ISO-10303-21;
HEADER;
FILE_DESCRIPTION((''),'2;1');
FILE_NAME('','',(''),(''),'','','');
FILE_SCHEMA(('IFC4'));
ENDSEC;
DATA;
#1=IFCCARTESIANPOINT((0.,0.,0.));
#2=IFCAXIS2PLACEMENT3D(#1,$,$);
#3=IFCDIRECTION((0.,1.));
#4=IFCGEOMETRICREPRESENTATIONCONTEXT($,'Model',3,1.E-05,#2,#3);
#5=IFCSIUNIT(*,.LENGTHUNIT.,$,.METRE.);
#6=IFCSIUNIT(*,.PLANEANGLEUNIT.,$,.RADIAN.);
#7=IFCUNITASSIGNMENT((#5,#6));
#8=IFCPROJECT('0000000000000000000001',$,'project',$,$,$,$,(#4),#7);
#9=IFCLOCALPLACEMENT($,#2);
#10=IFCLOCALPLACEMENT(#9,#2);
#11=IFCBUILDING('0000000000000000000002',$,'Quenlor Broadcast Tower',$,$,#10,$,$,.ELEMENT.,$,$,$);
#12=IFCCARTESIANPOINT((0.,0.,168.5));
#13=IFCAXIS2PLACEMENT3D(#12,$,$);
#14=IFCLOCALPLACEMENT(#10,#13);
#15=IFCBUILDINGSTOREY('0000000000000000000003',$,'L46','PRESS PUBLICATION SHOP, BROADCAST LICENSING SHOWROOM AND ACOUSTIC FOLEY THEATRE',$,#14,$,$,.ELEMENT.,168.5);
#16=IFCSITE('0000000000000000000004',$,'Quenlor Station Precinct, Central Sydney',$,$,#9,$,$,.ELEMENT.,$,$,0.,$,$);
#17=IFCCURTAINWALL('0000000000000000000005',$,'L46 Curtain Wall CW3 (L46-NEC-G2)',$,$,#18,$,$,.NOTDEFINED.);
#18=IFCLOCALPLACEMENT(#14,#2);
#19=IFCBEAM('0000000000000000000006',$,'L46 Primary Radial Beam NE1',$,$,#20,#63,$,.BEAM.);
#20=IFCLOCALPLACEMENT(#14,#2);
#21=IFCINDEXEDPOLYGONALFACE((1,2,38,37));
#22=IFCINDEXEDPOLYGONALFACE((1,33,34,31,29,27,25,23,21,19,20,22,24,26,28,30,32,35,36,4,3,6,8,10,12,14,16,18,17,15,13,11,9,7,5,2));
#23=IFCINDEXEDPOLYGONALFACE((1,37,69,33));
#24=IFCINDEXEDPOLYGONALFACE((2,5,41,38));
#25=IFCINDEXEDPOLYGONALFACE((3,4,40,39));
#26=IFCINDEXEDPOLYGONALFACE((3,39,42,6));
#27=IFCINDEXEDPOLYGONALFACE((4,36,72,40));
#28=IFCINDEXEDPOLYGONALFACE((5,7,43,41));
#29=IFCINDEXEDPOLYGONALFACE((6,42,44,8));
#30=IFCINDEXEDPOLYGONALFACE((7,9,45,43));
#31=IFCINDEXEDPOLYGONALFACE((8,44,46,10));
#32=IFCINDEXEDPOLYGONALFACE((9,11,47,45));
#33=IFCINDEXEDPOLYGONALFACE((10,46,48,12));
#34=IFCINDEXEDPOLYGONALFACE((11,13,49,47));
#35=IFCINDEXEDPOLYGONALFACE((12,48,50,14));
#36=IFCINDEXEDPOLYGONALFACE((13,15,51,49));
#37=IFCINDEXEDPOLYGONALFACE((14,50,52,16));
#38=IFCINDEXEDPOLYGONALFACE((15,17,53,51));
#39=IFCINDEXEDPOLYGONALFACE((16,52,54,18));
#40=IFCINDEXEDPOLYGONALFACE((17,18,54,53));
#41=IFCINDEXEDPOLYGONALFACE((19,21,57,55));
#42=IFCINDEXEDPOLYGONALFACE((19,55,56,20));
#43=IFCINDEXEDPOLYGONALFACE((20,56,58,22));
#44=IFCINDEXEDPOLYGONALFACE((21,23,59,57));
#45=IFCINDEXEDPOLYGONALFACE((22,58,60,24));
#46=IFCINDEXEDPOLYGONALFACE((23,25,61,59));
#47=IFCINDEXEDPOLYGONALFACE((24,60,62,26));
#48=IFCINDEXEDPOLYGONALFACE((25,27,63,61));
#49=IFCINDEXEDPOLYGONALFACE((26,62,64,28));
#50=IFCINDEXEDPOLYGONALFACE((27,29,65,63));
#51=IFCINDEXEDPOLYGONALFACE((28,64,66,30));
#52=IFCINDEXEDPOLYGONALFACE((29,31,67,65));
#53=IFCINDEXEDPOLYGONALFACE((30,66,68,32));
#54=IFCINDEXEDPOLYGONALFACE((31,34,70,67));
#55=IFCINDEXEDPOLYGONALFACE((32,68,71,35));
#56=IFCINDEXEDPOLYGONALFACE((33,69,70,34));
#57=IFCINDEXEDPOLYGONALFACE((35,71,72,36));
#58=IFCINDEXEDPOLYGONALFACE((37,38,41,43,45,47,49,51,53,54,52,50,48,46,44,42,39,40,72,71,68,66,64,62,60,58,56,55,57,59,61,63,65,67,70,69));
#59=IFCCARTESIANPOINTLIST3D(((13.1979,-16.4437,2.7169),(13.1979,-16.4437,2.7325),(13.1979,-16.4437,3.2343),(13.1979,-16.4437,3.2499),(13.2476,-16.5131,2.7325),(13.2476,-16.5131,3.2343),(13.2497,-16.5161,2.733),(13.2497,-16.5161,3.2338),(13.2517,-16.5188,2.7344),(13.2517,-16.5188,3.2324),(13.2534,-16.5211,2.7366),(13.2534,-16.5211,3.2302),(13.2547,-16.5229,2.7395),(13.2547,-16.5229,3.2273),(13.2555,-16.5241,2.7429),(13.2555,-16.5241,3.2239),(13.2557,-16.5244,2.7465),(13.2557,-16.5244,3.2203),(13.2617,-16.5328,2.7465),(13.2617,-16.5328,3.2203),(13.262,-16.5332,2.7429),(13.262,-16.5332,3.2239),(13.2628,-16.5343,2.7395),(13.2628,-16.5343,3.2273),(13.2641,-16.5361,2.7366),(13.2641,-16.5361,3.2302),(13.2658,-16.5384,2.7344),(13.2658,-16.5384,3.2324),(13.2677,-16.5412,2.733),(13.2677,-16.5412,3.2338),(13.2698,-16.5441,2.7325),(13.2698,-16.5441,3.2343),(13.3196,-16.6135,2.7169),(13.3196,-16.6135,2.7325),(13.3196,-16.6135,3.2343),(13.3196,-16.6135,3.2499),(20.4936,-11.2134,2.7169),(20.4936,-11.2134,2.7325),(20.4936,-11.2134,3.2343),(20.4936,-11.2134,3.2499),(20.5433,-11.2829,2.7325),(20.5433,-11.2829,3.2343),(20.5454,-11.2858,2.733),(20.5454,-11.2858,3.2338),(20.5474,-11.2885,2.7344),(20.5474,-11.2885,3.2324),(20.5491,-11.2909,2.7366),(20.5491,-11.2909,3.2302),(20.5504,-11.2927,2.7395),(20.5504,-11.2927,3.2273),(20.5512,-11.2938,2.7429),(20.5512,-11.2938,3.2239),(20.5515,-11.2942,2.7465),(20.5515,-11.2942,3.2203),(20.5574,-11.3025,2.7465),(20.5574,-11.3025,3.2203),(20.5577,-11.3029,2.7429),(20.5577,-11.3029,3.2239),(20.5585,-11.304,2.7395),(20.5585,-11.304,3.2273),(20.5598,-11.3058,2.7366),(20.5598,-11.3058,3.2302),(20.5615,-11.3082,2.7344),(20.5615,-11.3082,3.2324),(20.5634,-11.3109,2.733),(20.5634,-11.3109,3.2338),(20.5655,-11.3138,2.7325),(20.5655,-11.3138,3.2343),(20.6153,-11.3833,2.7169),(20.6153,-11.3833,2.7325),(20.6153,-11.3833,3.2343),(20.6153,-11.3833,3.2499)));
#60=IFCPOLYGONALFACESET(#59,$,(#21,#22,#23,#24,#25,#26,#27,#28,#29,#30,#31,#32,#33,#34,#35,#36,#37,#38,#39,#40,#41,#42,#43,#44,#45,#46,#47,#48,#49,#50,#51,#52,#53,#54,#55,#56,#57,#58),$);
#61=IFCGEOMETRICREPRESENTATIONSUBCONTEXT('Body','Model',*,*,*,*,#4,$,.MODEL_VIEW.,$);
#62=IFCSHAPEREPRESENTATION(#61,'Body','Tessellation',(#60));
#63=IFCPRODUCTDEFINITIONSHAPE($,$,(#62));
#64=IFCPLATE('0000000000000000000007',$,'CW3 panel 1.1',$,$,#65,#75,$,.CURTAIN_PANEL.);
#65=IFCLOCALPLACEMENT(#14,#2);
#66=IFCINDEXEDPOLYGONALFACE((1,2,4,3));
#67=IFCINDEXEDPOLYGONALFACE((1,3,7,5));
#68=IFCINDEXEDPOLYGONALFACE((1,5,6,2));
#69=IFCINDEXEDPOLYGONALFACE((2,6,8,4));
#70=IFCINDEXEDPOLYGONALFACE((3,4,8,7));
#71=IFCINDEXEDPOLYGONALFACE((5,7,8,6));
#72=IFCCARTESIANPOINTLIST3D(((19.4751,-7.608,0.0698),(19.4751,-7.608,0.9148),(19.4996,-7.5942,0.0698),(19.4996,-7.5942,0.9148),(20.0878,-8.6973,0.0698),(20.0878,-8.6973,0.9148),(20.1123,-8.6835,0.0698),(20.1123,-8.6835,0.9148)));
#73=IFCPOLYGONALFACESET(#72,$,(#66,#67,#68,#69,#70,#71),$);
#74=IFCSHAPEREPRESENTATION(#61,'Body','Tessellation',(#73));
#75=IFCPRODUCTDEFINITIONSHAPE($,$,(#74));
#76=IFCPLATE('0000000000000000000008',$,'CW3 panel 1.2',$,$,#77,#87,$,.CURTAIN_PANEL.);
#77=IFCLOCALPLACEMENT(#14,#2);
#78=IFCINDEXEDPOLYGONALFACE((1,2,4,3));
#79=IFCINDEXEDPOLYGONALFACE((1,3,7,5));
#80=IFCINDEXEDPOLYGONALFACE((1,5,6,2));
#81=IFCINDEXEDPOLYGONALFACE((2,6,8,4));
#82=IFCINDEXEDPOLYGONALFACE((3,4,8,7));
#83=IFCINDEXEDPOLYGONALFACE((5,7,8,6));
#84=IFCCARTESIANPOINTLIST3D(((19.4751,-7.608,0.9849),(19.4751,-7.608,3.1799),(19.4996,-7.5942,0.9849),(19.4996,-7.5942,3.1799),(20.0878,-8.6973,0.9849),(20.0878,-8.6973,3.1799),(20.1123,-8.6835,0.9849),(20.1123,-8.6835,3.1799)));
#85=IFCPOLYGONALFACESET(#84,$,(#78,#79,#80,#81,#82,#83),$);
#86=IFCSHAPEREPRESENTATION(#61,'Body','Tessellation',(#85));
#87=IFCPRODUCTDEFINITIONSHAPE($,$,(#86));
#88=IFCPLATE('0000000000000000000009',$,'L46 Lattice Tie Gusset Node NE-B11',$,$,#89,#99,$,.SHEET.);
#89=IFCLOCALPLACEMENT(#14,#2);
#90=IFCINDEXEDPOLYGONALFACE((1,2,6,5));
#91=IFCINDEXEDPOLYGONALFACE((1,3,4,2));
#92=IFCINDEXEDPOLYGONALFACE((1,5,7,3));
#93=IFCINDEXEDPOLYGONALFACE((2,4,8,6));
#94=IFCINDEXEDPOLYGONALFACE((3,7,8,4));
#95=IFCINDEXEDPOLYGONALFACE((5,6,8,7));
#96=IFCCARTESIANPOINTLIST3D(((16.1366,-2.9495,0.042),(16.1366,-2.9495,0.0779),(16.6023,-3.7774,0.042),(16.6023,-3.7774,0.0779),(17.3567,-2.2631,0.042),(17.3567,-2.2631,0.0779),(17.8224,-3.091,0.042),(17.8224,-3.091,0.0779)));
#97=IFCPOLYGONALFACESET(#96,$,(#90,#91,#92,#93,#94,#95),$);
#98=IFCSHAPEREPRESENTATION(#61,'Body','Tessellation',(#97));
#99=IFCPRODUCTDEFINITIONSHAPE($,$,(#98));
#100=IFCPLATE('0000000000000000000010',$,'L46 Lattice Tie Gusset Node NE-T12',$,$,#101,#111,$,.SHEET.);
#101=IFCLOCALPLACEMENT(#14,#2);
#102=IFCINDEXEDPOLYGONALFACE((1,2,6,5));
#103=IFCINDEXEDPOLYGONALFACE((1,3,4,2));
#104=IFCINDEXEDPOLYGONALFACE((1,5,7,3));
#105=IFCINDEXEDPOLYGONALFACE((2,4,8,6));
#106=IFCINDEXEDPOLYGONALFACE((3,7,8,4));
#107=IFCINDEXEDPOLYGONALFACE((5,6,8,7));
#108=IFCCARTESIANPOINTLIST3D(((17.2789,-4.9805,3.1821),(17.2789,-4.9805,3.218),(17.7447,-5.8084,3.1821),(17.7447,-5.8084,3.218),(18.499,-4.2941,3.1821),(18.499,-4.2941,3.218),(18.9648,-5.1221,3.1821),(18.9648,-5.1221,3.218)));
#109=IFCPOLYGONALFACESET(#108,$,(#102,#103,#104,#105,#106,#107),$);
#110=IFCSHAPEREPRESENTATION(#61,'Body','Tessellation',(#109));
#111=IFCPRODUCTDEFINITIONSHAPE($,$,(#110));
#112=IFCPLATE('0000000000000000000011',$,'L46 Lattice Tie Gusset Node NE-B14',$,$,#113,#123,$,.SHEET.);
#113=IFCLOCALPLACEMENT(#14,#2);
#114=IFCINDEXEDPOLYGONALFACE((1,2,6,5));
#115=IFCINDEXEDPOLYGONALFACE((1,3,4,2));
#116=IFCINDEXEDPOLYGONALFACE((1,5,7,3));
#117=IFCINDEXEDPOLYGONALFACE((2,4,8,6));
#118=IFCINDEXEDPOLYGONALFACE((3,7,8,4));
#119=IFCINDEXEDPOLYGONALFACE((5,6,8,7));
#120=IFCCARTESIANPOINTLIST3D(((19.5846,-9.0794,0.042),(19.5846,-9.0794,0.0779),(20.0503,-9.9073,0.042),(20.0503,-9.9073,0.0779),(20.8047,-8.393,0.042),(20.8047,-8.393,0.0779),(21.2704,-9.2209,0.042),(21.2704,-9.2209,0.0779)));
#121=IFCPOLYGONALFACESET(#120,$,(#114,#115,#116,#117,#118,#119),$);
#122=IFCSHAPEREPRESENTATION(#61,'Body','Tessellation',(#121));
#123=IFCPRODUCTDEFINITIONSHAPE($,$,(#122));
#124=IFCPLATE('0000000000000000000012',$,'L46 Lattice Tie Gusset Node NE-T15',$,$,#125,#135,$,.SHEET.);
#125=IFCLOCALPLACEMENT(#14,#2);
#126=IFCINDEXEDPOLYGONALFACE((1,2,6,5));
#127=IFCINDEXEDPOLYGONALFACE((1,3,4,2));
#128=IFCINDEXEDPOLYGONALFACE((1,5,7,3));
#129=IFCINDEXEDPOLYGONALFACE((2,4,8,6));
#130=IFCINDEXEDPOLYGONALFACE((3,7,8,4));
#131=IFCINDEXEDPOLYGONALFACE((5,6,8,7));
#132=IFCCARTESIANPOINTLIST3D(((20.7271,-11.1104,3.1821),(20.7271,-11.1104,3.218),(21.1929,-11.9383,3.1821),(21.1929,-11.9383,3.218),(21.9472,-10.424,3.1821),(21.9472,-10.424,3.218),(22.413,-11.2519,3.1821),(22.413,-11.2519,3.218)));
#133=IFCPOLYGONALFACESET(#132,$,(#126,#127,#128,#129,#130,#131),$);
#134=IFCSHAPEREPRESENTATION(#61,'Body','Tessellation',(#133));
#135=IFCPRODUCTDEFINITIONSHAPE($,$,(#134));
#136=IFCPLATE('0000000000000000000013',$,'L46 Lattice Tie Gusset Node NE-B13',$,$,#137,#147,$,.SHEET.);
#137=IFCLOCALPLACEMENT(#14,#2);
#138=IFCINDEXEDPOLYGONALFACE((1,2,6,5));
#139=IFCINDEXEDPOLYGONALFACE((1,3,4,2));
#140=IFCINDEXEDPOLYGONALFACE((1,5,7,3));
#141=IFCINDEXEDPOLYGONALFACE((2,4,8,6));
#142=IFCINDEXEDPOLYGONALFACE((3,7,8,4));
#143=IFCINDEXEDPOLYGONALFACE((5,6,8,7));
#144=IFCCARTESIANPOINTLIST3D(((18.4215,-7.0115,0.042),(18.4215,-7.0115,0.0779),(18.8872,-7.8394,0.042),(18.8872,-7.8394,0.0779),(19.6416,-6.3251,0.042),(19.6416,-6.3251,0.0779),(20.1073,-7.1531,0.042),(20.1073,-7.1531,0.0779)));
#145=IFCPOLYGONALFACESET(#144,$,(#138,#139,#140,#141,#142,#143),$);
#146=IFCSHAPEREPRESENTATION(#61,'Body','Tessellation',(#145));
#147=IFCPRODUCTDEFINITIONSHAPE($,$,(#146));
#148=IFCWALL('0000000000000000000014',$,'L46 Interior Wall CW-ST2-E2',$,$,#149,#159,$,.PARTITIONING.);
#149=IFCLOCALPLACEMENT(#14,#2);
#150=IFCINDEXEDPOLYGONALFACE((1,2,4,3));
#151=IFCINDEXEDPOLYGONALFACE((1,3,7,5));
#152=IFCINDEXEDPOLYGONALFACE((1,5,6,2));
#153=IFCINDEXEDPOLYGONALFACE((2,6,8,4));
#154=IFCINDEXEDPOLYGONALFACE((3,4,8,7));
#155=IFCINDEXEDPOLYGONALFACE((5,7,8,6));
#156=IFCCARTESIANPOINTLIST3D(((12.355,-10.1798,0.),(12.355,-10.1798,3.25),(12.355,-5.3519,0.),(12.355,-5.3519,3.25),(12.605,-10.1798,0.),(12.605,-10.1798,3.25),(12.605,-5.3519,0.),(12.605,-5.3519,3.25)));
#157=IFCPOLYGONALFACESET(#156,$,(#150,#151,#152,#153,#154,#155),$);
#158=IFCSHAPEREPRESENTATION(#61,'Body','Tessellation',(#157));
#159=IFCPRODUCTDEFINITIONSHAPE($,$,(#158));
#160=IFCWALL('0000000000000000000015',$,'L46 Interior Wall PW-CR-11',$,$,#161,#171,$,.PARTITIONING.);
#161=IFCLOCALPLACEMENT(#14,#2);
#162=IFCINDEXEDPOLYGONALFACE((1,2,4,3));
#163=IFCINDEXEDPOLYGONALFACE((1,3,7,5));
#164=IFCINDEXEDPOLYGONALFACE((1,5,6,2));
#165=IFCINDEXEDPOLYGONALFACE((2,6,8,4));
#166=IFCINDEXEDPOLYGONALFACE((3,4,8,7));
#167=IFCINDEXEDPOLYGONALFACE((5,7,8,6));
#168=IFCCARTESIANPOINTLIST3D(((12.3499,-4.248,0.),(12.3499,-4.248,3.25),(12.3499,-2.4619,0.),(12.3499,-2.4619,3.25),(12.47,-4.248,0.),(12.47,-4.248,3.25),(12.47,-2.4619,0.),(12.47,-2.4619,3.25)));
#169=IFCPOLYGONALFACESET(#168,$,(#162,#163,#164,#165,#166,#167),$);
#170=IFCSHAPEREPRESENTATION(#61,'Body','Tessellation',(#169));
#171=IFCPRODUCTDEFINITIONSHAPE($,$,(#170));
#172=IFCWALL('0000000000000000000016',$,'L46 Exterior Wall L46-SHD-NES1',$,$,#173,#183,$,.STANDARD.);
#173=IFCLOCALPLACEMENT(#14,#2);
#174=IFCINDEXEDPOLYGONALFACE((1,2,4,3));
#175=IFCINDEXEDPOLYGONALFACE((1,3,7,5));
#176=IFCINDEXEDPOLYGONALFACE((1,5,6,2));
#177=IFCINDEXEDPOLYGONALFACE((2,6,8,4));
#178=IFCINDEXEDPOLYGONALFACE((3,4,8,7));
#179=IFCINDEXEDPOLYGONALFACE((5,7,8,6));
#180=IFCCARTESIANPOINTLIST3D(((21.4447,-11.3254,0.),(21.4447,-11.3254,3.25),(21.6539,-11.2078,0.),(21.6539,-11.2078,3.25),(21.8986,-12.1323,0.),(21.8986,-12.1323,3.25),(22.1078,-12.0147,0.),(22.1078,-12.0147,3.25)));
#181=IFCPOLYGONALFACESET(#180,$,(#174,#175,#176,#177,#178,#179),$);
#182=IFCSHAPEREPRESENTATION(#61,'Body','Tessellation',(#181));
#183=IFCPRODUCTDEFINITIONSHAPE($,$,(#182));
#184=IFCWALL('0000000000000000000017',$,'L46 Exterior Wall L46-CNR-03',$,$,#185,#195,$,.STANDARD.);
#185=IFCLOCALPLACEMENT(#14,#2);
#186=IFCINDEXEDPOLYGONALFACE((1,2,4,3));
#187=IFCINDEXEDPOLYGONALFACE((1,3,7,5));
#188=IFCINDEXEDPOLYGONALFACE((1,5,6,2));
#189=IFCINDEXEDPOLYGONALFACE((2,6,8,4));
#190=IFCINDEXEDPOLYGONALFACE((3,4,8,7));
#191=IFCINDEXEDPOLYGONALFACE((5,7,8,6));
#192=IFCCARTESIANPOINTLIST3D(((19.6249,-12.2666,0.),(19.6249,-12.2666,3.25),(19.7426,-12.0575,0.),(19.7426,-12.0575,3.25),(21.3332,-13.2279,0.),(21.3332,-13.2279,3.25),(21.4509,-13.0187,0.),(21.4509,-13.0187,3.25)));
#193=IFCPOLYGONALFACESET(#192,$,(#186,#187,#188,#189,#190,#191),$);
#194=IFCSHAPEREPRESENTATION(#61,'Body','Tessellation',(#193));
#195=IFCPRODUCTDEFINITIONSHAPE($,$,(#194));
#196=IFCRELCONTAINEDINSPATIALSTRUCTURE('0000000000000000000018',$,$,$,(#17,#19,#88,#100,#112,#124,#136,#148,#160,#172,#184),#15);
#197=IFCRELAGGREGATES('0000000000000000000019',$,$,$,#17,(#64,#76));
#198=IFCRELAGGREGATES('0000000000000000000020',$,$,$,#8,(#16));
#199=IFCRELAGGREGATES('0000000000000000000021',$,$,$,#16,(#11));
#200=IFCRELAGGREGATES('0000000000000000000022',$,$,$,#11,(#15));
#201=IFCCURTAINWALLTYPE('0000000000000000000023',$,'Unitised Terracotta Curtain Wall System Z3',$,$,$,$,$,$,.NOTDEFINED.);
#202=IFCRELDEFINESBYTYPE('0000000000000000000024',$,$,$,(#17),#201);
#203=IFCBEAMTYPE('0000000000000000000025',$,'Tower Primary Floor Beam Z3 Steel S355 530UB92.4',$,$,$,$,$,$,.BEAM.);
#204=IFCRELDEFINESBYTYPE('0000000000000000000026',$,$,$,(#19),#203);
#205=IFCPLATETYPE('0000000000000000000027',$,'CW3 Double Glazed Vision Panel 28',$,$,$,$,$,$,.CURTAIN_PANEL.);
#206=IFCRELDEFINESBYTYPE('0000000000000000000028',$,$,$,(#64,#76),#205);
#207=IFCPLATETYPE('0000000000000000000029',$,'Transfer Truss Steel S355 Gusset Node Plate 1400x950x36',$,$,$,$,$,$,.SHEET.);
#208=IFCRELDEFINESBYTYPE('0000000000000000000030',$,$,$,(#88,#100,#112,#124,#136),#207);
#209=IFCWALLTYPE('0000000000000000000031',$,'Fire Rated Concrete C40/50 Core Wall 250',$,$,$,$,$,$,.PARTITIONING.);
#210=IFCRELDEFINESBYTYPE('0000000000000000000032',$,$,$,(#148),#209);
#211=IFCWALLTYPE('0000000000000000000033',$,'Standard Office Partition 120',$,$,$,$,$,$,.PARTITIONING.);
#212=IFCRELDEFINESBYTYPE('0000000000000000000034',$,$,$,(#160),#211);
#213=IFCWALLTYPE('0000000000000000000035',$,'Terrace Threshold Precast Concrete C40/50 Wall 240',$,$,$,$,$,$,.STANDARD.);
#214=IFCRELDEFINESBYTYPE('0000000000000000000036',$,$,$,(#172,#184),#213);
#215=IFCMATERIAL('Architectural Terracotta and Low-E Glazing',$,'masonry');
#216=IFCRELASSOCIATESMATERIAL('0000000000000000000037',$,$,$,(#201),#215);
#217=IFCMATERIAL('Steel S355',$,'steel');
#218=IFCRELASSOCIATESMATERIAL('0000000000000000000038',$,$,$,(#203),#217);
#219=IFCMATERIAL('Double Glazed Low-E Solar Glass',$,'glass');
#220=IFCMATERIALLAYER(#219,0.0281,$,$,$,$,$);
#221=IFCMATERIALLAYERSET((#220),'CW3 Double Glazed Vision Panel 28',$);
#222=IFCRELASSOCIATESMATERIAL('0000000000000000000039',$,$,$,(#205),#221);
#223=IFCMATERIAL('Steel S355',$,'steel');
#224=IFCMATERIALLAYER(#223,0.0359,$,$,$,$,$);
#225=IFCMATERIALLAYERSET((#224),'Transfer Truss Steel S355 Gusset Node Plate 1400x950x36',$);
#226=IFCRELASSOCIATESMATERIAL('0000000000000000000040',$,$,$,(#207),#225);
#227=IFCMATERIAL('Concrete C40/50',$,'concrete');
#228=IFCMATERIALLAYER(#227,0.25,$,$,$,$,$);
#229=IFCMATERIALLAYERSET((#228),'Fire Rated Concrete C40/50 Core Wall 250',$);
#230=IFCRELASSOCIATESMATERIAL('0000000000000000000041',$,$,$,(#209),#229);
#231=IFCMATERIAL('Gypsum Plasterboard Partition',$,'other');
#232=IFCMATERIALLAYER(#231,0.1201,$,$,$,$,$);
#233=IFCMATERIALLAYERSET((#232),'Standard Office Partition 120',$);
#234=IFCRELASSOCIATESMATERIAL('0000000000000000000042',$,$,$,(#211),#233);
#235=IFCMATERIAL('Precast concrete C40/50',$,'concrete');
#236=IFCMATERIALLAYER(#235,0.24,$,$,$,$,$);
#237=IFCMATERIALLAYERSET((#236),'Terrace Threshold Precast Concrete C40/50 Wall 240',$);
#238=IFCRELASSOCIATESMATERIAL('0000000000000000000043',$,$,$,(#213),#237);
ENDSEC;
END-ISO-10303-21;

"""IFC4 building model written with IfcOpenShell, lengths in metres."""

from ifc_helpers import new_model, si_unit, direction, frame, frame_2d, origin, origin_2d, place, context, subcontext, project, spatial, rectangle, i_section, extrude, material, layer, layer_set, material_profile, profile_set, type_object, element, aggregate, save


model = new_model("IFC4")

# Units and contexts
model_context = context("Model", 3, precision=1e-05, world=origin(), true_north=direction((0.0, 1.0)))
body_context = subcontext(model_context, "Body", "Model", "MODEL_VIEW")
ifc_project = project(units=[si_unit("LENGTHUNIT", "METRE"), si_unit("PLANEANGLEUNIT", "RADIAN")], contexts=[model_context])

# Site, building, storey
site_placement = place(None, origin())
site = spatial("IfcSite", under=ifc_project, at=site_placement, Name="Quenlor Station Precinct, Central Sydney", CompositionType="ELEMENT", RefElevation=0.0)
building_placement = place(site_placement, origin())
building = spatial("IfcBuilding", under=site, at=building_placement, Name="Quenlor Broadcast Tower", CompositionType="ELEMENT")
storey_placement = place(building_placement, frame((0.0, 0.0, 168.5)))
storey = spatial("IfcBuildingStorey", under=building, at=storey_placement, Name="L46", Description="PRESS PUBLICATION SHOP, BROADCAST LICENSING SHOWROOM AND ACOUSTIC FOLEY THEATRE", CompositionType="ELEMENT", Elevation=168.5)

# Shared definitions
ifc_material_1 = material(Name="Architectural Terracotta and Low-E Glazing", Category="masonry")
curtain_wall_type = type_object("IfcCurtainWallType", Name="Unitised Terracotta Curtain Wall System Z3", PredefinedType="NOTDEFINED", material=ifc_material_1)

# Curtain wall
curtain_wall_1_placement = place(storey_placement, origin())
curtain_wall_1 = element("IfcCurtainWall", 1, at=curtain_wall_1_placement, inside=storey, type_object=curtain_wall_type, Name="L46 Curtain Wall CW3 (L46-NEC-G2)", PredefinedType="NOTDEFINED")

# Beam
ifc_material_2 = material(Name="Steel S355", Category="steel")
ifc_material_profile_1 = material_profile(ifc_material_2, i_section(OverallWidth=0.209, OverallDepth=0.533, WebThickness=0.0103, FlangeThickness=0.0156, FilletRadius=0.0139, at=origin_2d()))
ifc_profile_set_1 = profile_set([ifc_material_profile_1], Name="Steel S355 530UB92.4")
beam_type_1 = type_object("IfcBeamType", Name="Tower Primary Floor Beam Z3 Steel S355 530UB92.4", PredefinedType="BEAM", material=ifc_profile_set_1)
beam_1_placement = place(storey_placement, frame((20.5544, -11.2983, 2.9834), z_axis=(-0.812729, -0.582642, 0.0), x_axis=(0.582642, -0.812729, 0.0)))
element("IfcBeam", 2, at=beam_1_placement, inside=storey, type_object=beam_type_1, Name="L46 Primary Radial Beam NE1", PredefinedType="BEAM", context=body_context, shape_type="SweptSolid", body=[
    extrude(i_section(OverallWidth=0.209, OverallDepth=0.533, WebThickness=0.0103, FlangeThickness=0.0156, FilletRadius=0.0139, at=origin_2d()), origin(), (0.0, 0.0, 1.0), 8.9768),
])

# Plates
ifc_material_3 = material(Name="Double Glazed Low-E Solar Glass", Category="glass")
ifc_layer_1 = layer(ifc_material_3, 0.0281)
ifc_layer_set_1 = layer_set([ifc_layer_1], Name="CW3 Double Glazed Vision Panel 28")
plate_type_1 = type_object("IfcPlateType", Name="CW3 Double Glazed Vision Panel 28", PredefinedType="CURTAIN_PANEL", material=ifc_layer_set_1)
plate_1_placement = place(storey_placement, frame((19.7937, -8.1458, 0.0698), z_axis=(0.0, 0.0, 1.0), x_axis=(0.490261, -0.871576, 0.0)))
plate_1 = element("IfcPlate", 3, at=plate_1_placement, type_object=plate_type_1, Name="CW3 panel 1.1", PredefinedType="CURTAIN_PANEL", context=body_context, shape_type="SweptSolid", body=[
    extrude(rectangle(XDim=1.2498, YDim=0.0281, at=origin_2d()), origin(), (0.0, 0.0, 1.0), 0.845),
])
plate_2_placement = place(storey_placement, frame((19.7937, -8.1458, 0.9849), z_axis=(0.0, 0.0, 1.0), x_axis=(0.490261, -0.871576, 0.0)))
plate_2 = element("IfcPlate", 4, at=plate_2_placement, type_object=plate_type_1, Name="CW3 panel 1.2", PredefinedType="CURTAIN_PANEL", context=body_context, shape_type="SweptSolid", body=[
    extrude(rectangle(XDim=1.2498, YDim=0.0281, at=origin_2d()), origin(), (0.0, 0.0, 1.0), 2.1951),
])
aggregate(curtain_wall_1, [plate_1, plate_2])

# Plates
ifc_material_4 = material(Name="Steel S355", Category="steel")
ifc_layer_2 = layer(ifc_material_4, 0.0359)
ifc_layer_set_2 = layer_set([ifc_layer_2], Name="Transfer Truss Steel S355 Gusset Node Plate 1400x950x36")
plate_type_2 = type_object("IfcPlateType", Name="Transfer Truss Steel S355 Gusset Node Plate 1400x950x36", PredefinedType="SHEET", material=ifc_layer_set_2)
for number, where, z_axis, x_axis, name in (
    (5, (16.9795, -3.0203, 0.042), (0.0, 0.0, 1.0), (0.871556, 0.490295, 0.0), "L46 Lattice Tie Gusset Node NE-B11"),
    (6, (18.1218, -5.0513, 3.1821), (0.0, 0.0, 1.0), (0.871556, 0.490295, 0.0), "L46 Lattice Tie Gusset Node NE-T12"),
    (7, (20.4275, -9.1501, 0.042), (0.0, 0.0, 1.0), (0.871556, 0.490295, 0.0), "L46 Lattice Tie Gusset Node NE-B14"),
    (8, (21.5701, -11.1812, 3.1821), (0.0, 0.0, 1.0), (0.871556, 0.490295, 0.0), "L46 Lattice Tie Gusset Node NE-T15"),
    (9, (19.2644, -7.0823, 0.042), (0.0, 0.0, 1.0), (0.871556, 0.490295, 0.0), "L46 Lattice Tie Gusset Node NE-B13"),
):
    element("IfcPlate", number, at=place(storey_placement, frame(where, z_axis=z_axis, x_axis=x_axis)), inside=storey, type_object=plate_type_2, Name=name, PredefinedType="SHEET", context=body_context, shape_type="SweptSolid", body=[
        extrude(rectangle(XDim=1.3999, YDim=0.95, at=origin_2d()), origin(), (0.0, 0.0, 1.0), 0.0359),
    ])

# Walls
ifc_material_5 = material(Name="Concrete C40/50", Category="concrete")
ifc_layer_3 = layer(ifc_material_5, 0.25)
ifc_layer_set_3 = layer_set([ifc_layer_3], Name="Fire Rated Concrete C40/50 Core Wall 250")
wall_type_1 = type_object("IfcWallType", Name="Fire Rated Concrete C40/50 Core Wall 250", PredefinedType="PARTITIONING", material=ifc_layer_set_3)
wall_1_placement = place(storey_placement, frame((12.48, -10.1799, 0.0), z_axis=(0.0, 0.0, 1.0), x_axis=(0.0, 1.0, 0.0)))
element("IfcWall", 10, at=wall_1_placement, inside=storey, type_object=wall_type_1, Name="L46 Interior Wall CW-ST2-E2", PredefinedType="PARTITIONING", context=body_context, shape_type="SweptSolid", body=[
    extrude(rectangle(XDim=4.8279, YDim=0.25, at=frame_2d((2.4141, 0.0))), origin(), (0.0, 0.0, 1.0), 3.25),
])
ifc_material_6 = material(Name="Gypsum Plasterboard Partition", Category="other")
ifc_layer_4 = layer(ifc_material_6, 0.1201)
ifc_layer_set_4 = layer_set([ifc_layer_4], Name="Standard Office Partition 120")
wall_type_2 = type_object("IfcWallType", Name="Standard Office Partition 120", PredefinedType="PARTITIONING", material=ifc_layer_set_4)
wall_2_placement = place(storey_placement, frame((12.4099, -2.4619, 0.0), z_axis=(0.0, 0.0, 1.0), x_axis=(0.0, -1.0, 0.0)))
element("IfcWall", 11, at=wall_2_placement, inside=storey, type_object=wall_type_2, Name="L46 Interior Wall PW-CR-11", PredefinedType="PARTITIONING", context=body_context, shape_type="SweptSolid", body=[
    extrude(rectangle(XDim=1.7861, YDim=0.1201, at=frame_2d((0.8931, 0.0))), origin(), (0.0, 0.0, 1.0), 3.25),
])
ifc_material_7 = material(Name="Precast concrete C40/50", Category="concrete")
ifc_layer_5 = layer(ifc_material_7, 0.24)
ifc_layer_set_5 = layer_set([ifc_layer_5], Name="Terrace Threshold Precast Concrete C40/50 Wall 240")
wall_type_3 = type_object("IfcWallType", Name="Terrace Threshold Precast Concrete C40/50 Wall 240", PredefinedType="STANDARD", material=ifc_layer_set_5)
wall_3_placement = place(storey_placement, frame((21.5493, -11.2666, 0.0), z_axis=(0.0, 0.0, 1.0), x_axis=(0.490249, -0.871583, 0.0)))
element("IfcWall", 12, at=wall_3_placement, inside=storey, type_object=wall_type_3, Name="L46 Exterior Wall L46-SHD-NES1", PredefinedType="STANDARD", context=body_context, shape_type="SweptSolid", body=[
    extrude(rectangle(XDim=0.9258, YDim=0.24, at=frame_2d((0.4629, 0.0))), origin(), (0.0, 0.0, 1.0), 3.25),
])
wall_4_placement = place(storey_placement, frame((19.6838, -12.1621, 0.0), z_axis=(0.0, 0.0, 1.0), x_axis=(0.871512, -0.490374, 0.0)))
element("IfcWall", 13, at=wall_4_placement, inside=storey, type_object=wall_type_3, Name="L46 Exterior Wall L46-CNR-03", PredefinedType="STANDARD", context=body_context, shape_type="SweptSolid", body=[
    extrude(rectangle(XDim=1.9602, YDim=0.24, at=frame_2d((0.98, 0.0))), origin(), (0.0, 0.0, 1.0), 3.25),
])

save(model, "model.ifc")
